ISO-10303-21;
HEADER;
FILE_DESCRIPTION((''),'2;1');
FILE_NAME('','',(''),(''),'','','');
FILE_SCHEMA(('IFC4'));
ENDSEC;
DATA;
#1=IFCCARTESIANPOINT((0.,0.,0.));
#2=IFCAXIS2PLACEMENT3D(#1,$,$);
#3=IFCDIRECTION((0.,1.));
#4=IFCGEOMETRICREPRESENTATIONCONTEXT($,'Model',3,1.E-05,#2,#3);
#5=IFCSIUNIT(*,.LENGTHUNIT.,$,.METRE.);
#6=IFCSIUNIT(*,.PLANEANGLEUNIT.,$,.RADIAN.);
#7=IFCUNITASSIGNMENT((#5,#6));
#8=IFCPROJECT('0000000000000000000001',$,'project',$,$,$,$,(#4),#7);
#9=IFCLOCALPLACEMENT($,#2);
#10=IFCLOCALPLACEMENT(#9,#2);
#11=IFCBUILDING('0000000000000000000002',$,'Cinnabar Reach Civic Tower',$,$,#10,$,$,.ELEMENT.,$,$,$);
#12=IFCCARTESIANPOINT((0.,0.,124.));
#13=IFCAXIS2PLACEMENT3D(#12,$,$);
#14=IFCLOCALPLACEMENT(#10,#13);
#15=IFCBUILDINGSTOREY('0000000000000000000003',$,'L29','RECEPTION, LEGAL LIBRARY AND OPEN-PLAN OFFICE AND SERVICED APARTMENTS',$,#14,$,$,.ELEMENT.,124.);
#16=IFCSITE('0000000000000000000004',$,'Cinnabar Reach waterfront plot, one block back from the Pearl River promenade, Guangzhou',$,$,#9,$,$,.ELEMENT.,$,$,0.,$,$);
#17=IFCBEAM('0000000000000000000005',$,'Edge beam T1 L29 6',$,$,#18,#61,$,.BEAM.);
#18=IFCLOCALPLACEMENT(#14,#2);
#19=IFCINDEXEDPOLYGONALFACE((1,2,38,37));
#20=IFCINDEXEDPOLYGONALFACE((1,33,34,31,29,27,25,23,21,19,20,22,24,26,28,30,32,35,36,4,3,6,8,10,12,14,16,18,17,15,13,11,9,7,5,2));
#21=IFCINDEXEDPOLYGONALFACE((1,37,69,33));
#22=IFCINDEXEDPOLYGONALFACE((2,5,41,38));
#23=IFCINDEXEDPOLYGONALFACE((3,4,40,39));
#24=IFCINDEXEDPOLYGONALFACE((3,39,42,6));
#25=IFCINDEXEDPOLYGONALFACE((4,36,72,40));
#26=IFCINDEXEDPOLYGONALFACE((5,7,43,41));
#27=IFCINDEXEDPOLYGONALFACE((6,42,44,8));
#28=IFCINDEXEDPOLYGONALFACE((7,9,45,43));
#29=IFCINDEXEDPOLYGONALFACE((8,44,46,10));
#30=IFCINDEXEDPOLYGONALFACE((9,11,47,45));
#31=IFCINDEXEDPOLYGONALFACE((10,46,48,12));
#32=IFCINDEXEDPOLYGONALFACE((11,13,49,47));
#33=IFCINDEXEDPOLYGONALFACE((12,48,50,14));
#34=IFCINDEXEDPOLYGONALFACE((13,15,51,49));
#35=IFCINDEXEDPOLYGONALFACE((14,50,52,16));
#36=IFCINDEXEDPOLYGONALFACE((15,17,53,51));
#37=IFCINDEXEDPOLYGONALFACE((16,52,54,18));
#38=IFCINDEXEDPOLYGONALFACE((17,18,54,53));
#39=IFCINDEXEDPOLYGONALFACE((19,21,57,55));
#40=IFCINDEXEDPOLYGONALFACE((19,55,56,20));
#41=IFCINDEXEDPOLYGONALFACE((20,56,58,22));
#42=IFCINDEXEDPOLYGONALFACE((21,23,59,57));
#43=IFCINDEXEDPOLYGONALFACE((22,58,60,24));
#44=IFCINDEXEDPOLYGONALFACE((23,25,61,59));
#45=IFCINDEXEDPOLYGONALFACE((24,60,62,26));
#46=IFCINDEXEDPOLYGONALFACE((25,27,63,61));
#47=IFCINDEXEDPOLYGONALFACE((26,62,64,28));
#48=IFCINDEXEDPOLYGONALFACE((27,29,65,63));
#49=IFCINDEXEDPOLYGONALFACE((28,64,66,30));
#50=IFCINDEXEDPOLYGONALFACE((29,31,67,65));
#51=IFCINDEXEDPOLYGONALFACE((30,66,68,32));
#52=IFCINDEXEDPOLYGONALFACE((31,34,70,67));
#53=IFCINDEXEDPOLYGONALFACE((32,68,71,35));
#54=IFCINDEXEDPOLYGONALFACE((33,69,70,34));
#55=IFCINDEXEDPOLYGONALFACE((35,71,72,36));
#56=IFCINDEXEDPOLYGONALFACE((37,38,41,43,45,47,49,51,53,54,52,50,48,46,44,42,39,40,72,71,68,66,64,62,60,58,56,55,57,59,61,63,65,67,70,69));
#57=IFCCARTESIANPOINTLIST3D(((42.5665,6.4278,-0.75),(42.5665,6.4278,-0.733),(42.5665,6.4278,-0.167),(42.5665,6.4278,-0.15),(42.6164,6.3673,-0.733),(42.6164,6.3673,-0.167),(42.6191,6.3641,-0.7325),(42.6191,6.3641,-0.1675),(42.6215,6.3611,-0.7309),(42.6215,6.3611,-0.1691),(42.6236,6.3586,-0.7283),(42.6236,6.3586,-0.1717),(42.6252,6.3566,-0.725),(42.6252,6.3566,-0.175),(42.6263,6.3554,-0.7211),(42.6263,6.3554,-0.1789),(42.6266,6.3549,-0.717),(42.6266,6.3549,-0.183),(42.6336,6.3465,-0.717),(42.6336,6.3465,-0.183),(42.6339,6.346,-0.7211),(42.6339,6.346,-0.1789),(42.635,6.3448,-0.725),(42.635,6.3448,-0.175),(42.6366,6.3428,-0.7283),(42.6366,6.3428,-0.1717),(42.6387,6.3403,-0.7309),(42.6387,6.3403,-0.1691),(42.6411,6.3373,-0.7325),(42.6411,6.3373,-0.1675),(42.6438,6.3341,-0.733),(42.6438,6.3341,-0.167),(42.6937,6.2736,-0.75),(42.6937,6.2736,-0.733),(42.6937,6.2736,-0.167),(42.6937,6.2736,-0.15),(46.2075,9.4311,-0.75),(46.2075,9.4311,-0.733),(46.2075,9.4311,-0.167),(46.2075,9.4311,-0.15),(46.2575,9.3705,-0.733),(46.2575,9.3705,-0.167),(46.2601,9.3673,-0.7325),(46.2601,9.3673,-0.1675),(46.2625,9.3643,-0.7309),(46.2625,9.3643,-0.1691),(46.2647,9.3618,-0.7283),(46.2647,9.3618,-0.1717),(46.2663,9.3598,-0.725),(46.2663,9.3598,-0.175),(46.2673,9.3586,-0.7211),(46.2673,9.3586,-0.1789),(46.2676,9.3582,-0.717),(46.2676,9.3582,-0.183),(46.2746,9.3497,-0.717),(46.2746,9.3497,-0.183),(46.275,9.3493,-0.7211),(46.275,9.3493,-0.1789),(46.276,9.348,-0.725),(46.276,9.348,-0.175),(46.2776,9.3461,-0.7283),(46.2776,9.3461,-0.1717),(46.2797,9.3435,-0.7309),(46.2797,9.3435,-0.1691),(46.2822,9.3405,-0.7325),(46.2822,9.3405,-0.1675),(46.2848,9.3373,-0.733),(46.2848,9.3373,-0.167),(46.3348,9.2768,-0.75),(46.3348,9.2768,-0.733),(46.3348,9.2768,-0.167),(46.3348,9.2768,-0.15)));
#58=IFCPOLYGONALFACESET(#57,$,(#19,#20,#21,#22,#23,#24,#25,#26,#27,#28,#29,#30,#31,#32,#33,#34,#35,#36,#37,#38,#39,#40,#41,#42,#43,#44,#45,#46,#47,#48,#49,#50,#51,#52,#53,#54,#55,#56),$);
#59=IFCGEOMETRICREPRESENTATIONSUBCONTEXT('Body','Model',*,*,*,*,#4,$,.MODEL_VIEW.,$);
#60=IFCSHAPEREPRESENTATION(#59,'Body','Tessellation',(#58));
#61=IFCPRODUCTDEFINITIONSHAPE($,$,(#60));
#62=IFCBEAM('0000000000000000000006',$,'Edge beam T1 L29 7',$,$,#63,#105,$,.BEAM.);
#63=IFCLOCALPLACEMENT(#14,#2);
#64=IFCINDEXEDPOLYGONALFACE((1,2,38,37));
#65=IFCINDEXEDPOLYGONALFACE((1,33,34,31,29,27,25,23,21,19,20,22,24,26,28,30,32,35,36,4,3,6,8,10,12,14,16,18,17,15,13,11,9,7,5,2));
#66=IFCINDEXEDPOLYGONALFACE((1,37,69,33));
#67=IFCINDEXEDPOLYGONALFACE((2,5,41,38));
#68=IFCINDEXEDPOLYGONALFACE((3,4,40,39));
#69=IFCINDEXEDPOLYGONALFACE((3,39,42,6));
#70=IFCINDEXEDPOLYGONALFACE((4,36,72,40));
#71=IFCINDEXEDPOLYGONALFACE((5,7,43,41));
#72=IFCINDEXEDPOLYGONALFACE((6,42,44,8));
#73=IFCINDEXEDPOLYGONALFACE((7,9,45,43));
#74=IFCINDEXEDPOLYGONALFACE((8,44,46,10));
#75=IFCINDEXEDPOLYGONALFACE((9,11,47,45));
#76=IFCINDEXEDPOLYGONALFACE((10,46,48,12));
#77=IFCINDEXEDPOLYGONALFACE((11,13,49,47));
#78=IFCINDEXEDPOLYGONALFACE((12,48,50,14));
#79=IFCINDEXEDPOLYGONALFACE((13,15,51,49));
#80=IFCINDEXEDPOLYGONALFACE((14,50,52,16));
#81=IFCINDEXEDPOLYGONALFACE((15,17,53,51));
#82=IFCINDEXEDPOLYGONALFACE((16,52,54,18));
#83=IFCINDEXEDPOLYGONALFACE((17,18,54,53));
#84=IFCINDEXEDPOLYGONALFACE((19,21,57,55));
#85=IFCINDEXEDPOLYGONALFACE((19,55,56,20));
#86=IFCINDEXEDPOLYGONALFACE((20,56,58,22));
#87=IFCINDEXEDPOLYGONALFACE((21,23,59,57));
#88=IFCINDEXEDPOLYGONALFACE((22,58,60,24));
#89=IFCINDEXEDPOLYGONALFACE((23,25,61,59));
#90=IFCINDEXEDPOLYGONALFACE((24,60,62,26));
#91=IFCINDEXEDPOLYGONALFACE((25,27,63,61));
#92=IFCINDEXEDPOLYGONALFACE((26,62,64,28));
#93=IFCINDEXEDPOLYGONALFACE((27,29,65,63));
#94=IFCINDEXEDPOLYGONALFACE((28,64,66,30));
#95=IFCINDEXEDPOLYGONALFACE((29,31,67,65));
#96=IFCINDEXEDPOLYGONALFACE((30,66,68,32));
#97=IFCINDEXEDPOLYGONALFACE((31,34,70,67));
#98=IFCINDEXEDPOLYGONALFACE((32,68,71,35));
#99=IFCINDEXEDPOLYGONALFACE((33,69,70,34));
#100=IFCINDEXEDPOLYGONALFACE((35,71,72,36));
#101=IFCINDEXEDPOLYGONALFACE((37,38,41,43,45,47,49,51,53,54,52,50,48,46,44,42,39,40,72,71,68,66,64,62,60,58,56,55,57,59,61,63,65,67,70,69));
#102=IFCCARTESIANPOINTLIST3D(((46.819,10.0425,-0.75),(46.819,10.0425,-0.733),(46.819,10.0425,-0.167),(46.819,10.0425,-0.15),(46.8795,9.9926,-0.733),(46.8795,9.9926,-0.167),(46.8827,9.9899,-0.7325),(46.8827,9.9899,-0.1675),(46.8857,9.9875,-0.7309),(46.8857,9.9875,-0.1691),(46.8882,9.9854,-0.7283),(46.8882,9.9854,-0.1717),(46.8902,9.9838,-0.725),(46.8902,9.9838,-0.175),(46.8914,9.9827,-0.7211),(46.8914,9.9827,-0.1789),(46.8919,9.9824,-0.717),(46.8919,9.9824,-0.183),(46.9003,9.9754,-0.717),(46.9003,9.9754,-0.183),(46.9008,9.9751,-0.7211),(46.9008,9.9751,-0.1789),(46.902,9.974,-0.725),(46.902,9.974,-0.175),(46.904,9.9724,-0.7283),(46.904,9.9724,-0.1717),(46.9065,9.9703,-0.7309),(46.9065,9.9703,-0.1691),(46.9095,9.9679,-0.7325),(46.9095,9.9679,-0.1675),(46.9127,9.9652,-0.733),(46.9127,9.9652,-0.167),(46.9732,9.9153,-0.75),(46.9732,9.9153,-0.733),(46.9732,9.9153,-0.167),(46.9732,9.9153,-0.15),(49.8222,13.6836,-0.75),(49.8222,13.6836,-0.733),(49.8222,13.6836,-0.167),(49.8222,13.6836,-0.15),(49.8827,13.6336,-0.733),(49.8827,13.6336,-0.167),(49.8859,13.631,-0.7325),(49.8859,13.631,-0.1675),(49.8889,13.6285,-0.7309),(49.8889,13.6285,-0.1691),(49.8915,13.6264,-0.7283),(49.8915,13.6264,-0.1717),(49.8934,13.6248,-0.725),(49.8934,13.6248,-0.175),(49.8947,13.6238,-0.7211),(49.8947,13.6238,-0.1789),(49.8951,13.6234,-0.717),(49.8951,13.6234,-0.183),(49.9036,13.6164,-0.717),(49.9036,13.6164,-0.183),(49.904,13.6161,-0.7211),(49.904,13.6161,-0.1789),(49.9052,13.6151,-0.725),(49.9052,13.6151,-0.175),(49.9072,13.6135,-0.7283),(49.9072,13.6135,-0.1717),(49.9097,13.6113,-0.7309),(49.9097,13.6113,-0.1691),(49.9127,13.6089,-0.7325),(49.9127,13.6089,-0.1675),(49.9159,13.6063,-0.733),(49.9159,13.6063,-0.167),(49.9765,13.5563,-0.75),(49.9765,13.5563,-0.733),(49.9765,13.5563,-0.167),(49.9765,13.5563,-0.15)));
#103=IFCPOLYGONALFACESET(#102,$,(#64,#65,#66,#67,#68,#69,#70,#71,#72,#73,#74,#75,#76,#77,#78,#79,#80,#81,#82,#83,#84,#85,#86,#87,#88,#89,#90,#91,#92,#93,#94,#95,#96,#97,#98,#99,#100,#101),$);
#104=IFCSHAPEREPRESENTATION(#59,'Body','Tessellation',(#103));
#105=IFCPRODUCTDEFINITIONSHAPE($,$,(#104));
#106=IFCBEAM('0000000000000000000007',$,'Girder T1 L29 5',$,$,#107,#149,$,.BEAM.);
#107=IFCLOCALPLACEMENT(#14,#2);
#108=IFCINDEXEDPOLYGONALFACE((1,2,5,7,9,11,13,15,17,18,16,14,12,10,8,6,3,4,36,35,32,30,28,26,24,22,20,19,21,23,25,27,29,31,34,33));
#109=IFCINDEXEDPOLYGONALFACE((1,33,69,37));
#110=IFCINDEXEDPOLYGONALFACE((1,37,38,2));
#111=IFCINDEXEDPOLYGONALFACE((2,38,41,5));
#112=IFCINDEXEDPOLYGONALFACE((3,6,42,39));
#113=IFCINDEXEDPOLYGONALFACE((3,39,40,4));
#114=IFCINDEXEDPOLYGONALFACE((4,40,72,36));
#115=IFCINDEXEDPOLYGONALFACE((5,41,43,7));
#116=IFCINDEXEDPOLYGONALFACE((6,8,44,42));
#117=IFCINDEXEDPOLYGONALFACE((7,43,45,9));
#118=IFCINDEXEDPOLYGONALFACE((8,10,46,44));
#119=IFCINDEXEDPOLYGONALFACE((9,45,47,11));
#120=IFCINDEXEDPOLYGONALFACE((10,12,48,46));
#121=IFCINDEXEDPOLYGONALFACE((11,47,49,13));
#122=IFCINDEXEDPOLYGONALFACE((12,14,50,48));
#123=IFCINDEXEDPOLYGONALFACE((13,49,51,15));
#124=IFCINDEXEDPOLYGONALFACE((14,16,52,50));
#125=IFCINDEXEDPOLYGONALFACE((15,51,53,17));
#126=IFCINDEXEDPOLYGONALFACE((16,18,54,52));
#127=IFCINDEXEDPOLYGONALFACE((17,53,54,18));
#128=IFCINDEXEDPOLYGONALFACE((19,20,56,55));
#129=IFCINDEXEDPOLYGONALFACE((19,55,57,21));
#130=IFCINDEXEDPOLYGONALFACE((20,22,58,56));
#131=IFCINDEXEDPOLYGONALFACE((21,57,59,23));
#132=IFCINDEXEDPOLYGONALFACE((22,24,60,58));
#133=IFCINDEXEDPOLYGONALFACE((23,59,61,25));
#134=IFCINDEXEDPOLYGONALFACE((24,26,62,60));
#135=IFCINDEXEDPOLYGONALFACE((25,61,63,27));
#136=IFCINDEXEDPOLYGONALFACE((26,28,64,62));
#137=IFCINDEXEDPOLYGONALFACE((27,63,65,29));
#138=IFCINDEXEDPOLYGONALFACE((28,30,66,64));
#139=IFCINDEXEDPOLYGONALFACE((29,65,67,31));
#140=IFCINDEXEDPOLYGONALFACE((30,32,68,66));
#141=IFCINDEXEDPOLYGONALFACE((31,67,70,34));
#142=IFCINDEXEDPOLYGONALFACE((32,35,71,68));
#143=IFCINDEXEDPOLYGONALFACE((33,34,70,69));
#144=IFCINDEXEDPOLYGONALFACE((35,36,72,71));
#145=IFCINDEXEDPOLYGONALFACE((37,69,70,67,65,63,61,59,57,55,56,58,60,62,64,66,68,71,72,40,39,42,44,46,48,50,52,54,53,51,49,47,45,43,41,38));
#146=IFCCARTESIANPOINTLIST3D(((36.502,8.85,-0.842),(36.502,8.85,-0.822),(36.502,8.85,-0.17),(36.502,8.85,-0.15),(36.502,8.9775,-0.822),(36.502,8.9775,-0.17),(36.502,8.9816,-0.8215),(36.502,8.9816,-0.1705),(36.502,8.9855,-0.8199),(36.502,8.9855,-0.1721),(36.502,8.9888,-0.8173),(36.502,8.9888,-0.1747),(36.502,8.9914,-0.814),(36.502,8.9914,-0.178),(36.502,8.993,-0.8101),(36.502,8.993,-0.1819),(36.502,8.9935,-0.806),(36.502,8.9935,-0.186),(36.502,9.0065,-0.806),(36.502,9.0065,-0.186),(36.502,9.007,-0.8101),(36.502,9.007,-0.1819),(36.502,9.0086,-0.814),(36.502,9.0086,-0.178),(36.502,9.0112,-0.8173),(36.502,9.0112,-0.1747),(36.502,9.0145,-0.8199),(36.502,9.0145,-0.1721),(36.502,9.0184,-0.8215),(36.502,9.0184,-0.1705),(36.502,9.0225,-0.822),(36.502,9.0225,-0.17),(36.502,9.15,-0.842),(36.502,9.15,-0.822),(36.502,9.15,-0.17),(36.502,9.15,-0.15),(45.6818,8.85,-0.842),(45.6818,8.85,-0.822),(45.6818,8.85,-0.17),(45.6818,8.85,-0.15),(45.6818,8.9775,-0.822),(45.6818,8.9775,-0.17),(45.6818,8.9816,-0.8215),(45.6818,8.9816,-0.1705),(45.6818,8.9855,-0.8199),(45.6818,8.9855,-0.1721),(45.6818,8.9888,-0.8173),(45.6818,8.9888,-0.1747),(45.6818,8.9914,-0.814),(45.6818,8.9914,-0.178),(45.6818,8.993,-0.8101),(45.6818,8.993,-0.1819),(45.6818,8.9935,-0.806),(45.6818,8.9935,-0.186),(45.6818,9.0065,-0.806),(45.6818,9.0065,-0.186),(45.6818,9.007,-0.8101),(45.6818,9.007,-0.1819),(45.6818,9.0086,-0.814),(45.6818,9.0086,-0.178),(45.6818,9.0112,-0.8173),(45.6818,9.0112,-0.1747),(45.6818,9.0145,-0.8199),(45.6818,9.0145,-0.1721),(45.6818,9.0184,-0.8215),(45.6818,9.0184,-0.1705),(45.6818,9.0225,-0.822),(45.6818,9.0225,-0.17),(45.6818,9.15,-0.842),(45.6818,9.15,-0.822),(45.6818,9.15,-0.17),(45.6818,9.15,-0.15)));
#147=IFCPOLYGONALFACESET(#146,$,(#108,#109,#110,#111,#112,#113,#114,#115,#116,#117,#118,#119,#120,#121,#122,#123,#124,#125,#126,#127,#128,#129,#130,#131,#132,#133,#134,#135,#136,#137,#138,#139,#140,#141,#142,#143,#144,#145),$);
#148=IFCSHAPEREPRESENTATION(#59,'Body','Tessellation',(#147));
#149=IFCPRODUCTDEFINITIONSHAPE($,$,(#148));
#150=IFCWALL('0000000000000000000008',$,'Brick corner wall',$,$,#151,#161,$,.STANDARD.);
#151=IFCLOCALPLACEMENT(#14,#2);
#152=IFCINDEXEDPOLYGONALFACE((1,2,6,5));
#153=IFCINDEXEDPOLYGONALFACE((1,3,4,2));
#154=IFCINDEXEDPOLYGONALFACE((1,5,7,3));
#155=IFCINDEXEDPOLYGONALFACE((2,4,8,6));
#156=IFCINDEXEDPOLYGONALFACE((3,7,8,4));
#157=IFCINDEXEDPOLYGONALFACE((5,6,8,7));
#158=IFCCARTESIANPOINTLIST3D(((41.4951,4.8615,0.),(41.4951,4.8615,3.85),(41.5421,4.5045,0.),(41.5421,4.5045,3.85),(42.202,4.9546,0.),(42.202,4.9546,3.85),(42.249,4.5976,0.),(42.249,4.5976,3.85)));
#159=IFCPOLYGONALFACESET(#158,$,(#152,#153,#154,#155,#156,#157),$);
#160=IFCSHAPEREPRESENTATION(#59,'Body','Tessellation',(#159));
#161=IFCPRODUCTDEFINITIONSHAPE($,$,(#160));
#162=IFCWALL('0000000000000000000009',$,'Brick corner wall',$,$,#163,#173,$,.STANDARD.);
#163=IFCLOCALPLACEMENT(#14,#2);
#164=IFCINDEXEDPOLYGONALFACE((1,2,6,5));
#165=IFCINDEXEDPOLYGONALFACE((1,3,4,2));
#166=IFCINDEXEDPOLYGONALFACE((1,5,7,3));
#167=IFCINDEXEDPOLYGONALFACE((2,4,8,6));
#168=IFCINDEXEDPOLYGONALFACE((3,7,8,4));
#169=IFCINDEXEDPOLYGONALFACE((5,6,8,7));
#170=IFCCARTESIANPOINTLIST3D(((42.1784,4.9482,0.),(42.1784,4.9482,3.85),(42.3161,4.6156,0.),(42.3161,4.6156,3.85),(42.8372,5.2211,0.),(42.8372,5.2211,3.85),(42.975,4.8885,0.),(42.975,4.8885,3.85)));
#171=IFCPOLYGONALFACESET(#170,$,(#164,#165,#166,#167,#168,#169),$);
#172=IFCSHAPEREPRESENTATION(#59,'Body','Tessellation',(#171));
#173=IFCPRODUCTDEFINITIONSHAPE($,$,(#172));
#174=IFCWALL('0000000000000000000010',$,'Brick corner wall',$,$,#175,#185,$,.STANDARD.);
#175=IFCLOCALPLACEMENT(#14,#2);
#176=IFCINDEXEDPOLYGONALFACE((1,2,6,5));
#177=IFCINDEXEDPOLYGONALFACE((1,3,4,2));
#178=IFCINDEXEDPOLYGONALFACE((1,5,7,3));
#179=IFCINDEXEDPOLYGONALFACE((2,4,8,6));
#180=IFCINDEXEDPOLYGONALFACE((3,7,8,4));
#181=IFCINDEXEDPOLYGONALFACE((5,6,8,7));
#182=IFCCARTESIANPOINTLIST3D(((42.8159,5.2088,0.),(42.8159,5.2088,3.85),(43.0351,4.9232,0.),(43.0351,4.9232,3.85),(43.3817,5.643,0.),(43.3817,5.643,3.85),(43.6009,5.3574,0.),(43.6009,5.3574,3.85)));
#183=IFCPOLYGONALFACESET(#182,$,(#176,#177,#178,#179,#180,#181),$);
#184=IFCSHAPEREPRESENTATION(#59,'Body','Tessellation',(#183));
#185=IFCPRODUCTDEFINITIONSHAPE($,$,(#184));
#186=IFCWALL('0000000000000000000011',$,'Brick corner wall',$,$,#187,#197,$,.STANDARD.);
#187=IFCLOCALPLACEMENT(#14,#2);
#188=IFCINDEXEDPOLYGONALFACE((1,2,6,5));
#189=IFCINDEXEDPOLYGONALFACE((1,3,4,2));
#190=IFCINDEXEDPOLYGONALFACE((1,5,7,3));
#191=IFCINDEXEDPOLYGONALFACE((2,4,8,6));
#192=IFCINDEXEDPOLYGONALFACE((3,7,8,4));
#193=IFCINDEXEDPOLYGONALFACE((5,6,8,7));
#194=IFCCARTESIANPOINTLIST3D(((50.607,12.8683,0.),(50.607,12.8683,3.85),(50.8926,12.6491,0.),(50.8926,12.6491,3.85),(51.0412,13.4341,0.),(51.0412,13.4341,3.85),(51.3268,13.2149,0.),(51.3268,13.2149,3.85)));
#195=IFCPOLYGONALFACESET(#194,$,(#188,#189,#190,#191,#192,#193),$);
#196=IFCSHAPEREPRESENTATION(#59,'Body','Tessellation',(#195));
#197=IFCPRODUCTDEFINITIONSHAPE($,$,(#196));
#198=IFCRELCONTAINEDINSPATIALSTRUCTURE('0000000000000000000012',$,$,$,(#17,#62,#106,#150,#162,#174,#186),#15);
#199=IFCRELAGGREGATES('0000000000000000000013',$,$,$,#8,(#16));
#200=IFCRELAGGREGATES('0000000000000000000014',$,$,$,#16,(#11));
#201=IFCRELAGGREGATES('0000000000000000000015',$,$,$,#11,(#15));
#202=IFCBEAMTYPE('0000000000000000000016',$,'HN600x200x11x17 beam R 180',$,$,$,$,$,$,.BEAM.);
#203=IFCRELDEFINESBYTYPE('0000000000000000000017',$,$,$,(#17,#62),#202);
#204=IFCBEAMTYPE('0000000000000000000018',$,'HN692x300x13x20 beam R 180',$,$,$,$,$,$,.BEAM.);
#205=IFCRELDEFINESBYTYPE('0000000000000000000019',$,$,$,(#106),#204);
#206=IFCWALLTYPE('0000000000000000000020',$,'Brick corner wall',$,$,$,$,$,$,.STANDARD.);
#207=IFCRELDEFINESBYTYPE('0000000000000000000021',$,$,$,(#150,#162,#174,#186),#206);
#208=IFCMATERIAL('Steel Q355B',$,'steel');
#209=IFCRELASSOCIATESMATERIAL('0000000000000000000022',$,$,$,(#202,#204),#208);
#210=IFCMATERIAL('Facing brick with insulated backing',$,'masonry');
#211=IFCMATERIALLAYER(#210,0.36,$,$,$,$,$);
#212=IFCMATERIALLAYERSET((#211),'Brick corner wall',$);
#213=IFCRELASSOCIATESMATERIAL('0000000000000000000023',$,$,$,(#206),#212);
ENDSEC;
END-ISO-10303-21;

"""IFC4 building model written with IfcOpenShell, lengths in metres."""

from ifc_helpers import new_model, si_unit, direction, frame, frame_2d, origin, origin_2d, place, context, subcontext, project, spatial, rectangle, i_section, extrude, material, layer, layer_set, material_profile, profile_set, type_object, element, save


model = new_model("IFC4")

# Units and contexts
model_context = context("Model", 3, precision=1e-05, world=origin(), true_north=direction((0.0, 1.0)))
body_context = subcontext(model_context, "Body", "Model", "MODEL_VIEW")
ifc_project = project(units=[si_unit("LENGTHUNIT", "METRE"), si_unit("PLANEANGLEUNIT", "RADIAN")], contexts=[model_context])

# Site, building, storey
site_placement = place(None, origin())
site = spatial("IfcSite", under=ifc_project, at=site_placement, Name="Cinnabar Reach waterfront plot, one block back from the Pearl River promenade, Guangzhou", CompositionType="ELEMENT", RefElevation=0.0)
building_placement = place(site_placement, origin())
building = spatial("IfcBuilding", under=site, at=building_placement, Name="Cinnabar Reach Civic Tower", CompositionType="ELEMENT")
storey_placement = place(building_placement, frame((0.0, 0.0, 124.0)))
storey = spatial("IfcBuildingStorey", under=building, at=storey_placement, Name="L29", Description="RECEPTION, LEGAL LIBRARY AND OPEN-PLAN OFFICE AND SERVICED APARTMENTS", CompositionType="ELEMENT", Elevation=124.0)

# Beams
ifc_material_1 = material(Name="Steel Q355B", Category="steel")
ifc_material_profile_1 = material_profile(ifc_material_1, i_section(OverallWidth=0.2, OverallDepth=0.6, WebThickness=0.011, FlangeThickness=0.017, FilletRadius=0.016, at=origin_2d()), Name="HN600x200x11x17")
ifc_profile_set_1 = profile_set([ifc_material_profile_1], Name="Steel Q355B")
beam_type_1 = type_object("IfcBeamType", Name="HN600x200x11x17 beam R 180", PredefinedType="BEAM", material=ifc_profile_set_1)
for number, where, z_axis, x_axis, name in (
    (1, (42.6301, 6.3507, -0.45), (0.771438, 0.636304, 0.0), (-0.636304, 0.771438, 0.0), "Edge beam T1 L29 6"),
    (2, (46.8961, 9.9789, -0.45), (0.636304, 0.771438, 0.0), (-0.771438, 0.636304, 0.0), "Edge beam T1 L29 7"),
):
    element("IfcBeam", number, at=place(storey_placement, frame(where, z_axis=z_axis, x_axis=x_axis)), inside=storey, type_object=beam_type_1, Name=name, PredefinedType="BEAM", context=body_context, shape_type="SweptSolid", body=[
        extrude(i_section(OverallWidth=0.2, OverallDepth=0.6, WebThickness=0.011, FlangeThickness=0.017, FilletRadius=0.016, at=origin_2d()), origin(), (0.0, 0.0, 1.0), 4.7198),
    ])
ifc_material_profile_2 = material_profile(ifc_material_1, i_section(OverallWidth=0.3, OverallDepth=0.692, WebThickness=0.013, FlangeThickness=0.02, FilletRadius=0.016, at=origin_2d()), Name="HN692x300x13x20")
ifc_profile_set_2 = profile_set([ifc_material_profile_2], Name="Steel Q355B")
beam_type_2 = type_object("IfcBeamType", Name="HN692x300x13x20 beam R 180", PredefinedType="BEAM", material=ifc_profile_set_2)
beam_1_placement = place(storey_placement, frame((36.502, 9.0, -0.496), z_axis=(1.0, 0.0, 0.0), x_axis=(0.0, 1.0, 0.0)))
element("IfcBeam", 3, at=beam_1_placement, inside=storey, type_object=beam_type_2, Name="Girder T1 L29 5", PredefinedType="BEAM", context=body_context, shape_type="SweptSolid", body=[
    extrude(i_section(OverallWidth=0.3, OverallDepth=0.692, WebThickness=0.013, FlangeThickness=0.02, FilletRadius=0.016, at=origin_2d()), origin(), (0.0, 0.0, 1.0), 9.1798),
])

# Walls
ifc_material_2 = material(Name="Facing brick with insulated backing", Category="masonry")
ifc_layer_1 = layer(ifc_material_2, 0.36)
ifc_layer_set_1 = layer_set([ifc_layer_1], Name="Brick corner wall")
wall_type_1 = type_object("IfcWallType", Name="Brick corner wall", PredefinedType="STANDARD", material=ifc_layer_set_1)
for number, where, z_axis, x_axis, name in (
    (4, (41.5186, 4.683, 0.0), (0.0, 0.0, 1.0), (0.991441, 0.130556, 0.0), "Brick corner wall"),
    (5, (42.2473, 4.7819, 0.0), (0.0, 0.0, 1.0), (0.923872, 0.382703, 0.0), "Brick corner wall"),
):
    element("IfcWall", number, at=place(storey_placement, frame(where, z_axis=z_axis, x_axis=x_axis)), inside=storey, type_object=wall_type_1, Name=name, PredefinedType="STANDARD", context=body_context, shape_type="SweptSolid", body=[
        extrude(rectangle(XDim=0.7131, YDim=0.36, at=frame_2d((0.3565, 0.0))), origin(), (0.0, 0.0, 1.0), 3.85),
    ])
for number, where, z_axis, x_axis, name in (
    (6, (42.9255, 5.066, 0.0), (0.0, 0.0, 1.0), (0.793322, 0.608802, 0.0), "Brick corner wall"),
    (7, (50.7498, 12.7587, 0.0), (0.0, 0.0, 1.0), (0.608802, 0.793322, 0.0), "Brick corner wall"),
):
    element("IfcWall", number, at=place(storey_placement, frame(where, z_axis=z_axis, x_axis=x_axis)), inside=storey, type_object=wall_type_1, Name=name, PredefinedType="STANDARD", context=body_context, shape_type="SweptSolid", body=[
        extrude(rectangle(XDim=0.7132, YDim=0.36, at=frame_2d((0.3566, 0.0))), origin(), (0.0, 0.0, 1.0), 3.85),
    ])

save(model, "model.ifc")
